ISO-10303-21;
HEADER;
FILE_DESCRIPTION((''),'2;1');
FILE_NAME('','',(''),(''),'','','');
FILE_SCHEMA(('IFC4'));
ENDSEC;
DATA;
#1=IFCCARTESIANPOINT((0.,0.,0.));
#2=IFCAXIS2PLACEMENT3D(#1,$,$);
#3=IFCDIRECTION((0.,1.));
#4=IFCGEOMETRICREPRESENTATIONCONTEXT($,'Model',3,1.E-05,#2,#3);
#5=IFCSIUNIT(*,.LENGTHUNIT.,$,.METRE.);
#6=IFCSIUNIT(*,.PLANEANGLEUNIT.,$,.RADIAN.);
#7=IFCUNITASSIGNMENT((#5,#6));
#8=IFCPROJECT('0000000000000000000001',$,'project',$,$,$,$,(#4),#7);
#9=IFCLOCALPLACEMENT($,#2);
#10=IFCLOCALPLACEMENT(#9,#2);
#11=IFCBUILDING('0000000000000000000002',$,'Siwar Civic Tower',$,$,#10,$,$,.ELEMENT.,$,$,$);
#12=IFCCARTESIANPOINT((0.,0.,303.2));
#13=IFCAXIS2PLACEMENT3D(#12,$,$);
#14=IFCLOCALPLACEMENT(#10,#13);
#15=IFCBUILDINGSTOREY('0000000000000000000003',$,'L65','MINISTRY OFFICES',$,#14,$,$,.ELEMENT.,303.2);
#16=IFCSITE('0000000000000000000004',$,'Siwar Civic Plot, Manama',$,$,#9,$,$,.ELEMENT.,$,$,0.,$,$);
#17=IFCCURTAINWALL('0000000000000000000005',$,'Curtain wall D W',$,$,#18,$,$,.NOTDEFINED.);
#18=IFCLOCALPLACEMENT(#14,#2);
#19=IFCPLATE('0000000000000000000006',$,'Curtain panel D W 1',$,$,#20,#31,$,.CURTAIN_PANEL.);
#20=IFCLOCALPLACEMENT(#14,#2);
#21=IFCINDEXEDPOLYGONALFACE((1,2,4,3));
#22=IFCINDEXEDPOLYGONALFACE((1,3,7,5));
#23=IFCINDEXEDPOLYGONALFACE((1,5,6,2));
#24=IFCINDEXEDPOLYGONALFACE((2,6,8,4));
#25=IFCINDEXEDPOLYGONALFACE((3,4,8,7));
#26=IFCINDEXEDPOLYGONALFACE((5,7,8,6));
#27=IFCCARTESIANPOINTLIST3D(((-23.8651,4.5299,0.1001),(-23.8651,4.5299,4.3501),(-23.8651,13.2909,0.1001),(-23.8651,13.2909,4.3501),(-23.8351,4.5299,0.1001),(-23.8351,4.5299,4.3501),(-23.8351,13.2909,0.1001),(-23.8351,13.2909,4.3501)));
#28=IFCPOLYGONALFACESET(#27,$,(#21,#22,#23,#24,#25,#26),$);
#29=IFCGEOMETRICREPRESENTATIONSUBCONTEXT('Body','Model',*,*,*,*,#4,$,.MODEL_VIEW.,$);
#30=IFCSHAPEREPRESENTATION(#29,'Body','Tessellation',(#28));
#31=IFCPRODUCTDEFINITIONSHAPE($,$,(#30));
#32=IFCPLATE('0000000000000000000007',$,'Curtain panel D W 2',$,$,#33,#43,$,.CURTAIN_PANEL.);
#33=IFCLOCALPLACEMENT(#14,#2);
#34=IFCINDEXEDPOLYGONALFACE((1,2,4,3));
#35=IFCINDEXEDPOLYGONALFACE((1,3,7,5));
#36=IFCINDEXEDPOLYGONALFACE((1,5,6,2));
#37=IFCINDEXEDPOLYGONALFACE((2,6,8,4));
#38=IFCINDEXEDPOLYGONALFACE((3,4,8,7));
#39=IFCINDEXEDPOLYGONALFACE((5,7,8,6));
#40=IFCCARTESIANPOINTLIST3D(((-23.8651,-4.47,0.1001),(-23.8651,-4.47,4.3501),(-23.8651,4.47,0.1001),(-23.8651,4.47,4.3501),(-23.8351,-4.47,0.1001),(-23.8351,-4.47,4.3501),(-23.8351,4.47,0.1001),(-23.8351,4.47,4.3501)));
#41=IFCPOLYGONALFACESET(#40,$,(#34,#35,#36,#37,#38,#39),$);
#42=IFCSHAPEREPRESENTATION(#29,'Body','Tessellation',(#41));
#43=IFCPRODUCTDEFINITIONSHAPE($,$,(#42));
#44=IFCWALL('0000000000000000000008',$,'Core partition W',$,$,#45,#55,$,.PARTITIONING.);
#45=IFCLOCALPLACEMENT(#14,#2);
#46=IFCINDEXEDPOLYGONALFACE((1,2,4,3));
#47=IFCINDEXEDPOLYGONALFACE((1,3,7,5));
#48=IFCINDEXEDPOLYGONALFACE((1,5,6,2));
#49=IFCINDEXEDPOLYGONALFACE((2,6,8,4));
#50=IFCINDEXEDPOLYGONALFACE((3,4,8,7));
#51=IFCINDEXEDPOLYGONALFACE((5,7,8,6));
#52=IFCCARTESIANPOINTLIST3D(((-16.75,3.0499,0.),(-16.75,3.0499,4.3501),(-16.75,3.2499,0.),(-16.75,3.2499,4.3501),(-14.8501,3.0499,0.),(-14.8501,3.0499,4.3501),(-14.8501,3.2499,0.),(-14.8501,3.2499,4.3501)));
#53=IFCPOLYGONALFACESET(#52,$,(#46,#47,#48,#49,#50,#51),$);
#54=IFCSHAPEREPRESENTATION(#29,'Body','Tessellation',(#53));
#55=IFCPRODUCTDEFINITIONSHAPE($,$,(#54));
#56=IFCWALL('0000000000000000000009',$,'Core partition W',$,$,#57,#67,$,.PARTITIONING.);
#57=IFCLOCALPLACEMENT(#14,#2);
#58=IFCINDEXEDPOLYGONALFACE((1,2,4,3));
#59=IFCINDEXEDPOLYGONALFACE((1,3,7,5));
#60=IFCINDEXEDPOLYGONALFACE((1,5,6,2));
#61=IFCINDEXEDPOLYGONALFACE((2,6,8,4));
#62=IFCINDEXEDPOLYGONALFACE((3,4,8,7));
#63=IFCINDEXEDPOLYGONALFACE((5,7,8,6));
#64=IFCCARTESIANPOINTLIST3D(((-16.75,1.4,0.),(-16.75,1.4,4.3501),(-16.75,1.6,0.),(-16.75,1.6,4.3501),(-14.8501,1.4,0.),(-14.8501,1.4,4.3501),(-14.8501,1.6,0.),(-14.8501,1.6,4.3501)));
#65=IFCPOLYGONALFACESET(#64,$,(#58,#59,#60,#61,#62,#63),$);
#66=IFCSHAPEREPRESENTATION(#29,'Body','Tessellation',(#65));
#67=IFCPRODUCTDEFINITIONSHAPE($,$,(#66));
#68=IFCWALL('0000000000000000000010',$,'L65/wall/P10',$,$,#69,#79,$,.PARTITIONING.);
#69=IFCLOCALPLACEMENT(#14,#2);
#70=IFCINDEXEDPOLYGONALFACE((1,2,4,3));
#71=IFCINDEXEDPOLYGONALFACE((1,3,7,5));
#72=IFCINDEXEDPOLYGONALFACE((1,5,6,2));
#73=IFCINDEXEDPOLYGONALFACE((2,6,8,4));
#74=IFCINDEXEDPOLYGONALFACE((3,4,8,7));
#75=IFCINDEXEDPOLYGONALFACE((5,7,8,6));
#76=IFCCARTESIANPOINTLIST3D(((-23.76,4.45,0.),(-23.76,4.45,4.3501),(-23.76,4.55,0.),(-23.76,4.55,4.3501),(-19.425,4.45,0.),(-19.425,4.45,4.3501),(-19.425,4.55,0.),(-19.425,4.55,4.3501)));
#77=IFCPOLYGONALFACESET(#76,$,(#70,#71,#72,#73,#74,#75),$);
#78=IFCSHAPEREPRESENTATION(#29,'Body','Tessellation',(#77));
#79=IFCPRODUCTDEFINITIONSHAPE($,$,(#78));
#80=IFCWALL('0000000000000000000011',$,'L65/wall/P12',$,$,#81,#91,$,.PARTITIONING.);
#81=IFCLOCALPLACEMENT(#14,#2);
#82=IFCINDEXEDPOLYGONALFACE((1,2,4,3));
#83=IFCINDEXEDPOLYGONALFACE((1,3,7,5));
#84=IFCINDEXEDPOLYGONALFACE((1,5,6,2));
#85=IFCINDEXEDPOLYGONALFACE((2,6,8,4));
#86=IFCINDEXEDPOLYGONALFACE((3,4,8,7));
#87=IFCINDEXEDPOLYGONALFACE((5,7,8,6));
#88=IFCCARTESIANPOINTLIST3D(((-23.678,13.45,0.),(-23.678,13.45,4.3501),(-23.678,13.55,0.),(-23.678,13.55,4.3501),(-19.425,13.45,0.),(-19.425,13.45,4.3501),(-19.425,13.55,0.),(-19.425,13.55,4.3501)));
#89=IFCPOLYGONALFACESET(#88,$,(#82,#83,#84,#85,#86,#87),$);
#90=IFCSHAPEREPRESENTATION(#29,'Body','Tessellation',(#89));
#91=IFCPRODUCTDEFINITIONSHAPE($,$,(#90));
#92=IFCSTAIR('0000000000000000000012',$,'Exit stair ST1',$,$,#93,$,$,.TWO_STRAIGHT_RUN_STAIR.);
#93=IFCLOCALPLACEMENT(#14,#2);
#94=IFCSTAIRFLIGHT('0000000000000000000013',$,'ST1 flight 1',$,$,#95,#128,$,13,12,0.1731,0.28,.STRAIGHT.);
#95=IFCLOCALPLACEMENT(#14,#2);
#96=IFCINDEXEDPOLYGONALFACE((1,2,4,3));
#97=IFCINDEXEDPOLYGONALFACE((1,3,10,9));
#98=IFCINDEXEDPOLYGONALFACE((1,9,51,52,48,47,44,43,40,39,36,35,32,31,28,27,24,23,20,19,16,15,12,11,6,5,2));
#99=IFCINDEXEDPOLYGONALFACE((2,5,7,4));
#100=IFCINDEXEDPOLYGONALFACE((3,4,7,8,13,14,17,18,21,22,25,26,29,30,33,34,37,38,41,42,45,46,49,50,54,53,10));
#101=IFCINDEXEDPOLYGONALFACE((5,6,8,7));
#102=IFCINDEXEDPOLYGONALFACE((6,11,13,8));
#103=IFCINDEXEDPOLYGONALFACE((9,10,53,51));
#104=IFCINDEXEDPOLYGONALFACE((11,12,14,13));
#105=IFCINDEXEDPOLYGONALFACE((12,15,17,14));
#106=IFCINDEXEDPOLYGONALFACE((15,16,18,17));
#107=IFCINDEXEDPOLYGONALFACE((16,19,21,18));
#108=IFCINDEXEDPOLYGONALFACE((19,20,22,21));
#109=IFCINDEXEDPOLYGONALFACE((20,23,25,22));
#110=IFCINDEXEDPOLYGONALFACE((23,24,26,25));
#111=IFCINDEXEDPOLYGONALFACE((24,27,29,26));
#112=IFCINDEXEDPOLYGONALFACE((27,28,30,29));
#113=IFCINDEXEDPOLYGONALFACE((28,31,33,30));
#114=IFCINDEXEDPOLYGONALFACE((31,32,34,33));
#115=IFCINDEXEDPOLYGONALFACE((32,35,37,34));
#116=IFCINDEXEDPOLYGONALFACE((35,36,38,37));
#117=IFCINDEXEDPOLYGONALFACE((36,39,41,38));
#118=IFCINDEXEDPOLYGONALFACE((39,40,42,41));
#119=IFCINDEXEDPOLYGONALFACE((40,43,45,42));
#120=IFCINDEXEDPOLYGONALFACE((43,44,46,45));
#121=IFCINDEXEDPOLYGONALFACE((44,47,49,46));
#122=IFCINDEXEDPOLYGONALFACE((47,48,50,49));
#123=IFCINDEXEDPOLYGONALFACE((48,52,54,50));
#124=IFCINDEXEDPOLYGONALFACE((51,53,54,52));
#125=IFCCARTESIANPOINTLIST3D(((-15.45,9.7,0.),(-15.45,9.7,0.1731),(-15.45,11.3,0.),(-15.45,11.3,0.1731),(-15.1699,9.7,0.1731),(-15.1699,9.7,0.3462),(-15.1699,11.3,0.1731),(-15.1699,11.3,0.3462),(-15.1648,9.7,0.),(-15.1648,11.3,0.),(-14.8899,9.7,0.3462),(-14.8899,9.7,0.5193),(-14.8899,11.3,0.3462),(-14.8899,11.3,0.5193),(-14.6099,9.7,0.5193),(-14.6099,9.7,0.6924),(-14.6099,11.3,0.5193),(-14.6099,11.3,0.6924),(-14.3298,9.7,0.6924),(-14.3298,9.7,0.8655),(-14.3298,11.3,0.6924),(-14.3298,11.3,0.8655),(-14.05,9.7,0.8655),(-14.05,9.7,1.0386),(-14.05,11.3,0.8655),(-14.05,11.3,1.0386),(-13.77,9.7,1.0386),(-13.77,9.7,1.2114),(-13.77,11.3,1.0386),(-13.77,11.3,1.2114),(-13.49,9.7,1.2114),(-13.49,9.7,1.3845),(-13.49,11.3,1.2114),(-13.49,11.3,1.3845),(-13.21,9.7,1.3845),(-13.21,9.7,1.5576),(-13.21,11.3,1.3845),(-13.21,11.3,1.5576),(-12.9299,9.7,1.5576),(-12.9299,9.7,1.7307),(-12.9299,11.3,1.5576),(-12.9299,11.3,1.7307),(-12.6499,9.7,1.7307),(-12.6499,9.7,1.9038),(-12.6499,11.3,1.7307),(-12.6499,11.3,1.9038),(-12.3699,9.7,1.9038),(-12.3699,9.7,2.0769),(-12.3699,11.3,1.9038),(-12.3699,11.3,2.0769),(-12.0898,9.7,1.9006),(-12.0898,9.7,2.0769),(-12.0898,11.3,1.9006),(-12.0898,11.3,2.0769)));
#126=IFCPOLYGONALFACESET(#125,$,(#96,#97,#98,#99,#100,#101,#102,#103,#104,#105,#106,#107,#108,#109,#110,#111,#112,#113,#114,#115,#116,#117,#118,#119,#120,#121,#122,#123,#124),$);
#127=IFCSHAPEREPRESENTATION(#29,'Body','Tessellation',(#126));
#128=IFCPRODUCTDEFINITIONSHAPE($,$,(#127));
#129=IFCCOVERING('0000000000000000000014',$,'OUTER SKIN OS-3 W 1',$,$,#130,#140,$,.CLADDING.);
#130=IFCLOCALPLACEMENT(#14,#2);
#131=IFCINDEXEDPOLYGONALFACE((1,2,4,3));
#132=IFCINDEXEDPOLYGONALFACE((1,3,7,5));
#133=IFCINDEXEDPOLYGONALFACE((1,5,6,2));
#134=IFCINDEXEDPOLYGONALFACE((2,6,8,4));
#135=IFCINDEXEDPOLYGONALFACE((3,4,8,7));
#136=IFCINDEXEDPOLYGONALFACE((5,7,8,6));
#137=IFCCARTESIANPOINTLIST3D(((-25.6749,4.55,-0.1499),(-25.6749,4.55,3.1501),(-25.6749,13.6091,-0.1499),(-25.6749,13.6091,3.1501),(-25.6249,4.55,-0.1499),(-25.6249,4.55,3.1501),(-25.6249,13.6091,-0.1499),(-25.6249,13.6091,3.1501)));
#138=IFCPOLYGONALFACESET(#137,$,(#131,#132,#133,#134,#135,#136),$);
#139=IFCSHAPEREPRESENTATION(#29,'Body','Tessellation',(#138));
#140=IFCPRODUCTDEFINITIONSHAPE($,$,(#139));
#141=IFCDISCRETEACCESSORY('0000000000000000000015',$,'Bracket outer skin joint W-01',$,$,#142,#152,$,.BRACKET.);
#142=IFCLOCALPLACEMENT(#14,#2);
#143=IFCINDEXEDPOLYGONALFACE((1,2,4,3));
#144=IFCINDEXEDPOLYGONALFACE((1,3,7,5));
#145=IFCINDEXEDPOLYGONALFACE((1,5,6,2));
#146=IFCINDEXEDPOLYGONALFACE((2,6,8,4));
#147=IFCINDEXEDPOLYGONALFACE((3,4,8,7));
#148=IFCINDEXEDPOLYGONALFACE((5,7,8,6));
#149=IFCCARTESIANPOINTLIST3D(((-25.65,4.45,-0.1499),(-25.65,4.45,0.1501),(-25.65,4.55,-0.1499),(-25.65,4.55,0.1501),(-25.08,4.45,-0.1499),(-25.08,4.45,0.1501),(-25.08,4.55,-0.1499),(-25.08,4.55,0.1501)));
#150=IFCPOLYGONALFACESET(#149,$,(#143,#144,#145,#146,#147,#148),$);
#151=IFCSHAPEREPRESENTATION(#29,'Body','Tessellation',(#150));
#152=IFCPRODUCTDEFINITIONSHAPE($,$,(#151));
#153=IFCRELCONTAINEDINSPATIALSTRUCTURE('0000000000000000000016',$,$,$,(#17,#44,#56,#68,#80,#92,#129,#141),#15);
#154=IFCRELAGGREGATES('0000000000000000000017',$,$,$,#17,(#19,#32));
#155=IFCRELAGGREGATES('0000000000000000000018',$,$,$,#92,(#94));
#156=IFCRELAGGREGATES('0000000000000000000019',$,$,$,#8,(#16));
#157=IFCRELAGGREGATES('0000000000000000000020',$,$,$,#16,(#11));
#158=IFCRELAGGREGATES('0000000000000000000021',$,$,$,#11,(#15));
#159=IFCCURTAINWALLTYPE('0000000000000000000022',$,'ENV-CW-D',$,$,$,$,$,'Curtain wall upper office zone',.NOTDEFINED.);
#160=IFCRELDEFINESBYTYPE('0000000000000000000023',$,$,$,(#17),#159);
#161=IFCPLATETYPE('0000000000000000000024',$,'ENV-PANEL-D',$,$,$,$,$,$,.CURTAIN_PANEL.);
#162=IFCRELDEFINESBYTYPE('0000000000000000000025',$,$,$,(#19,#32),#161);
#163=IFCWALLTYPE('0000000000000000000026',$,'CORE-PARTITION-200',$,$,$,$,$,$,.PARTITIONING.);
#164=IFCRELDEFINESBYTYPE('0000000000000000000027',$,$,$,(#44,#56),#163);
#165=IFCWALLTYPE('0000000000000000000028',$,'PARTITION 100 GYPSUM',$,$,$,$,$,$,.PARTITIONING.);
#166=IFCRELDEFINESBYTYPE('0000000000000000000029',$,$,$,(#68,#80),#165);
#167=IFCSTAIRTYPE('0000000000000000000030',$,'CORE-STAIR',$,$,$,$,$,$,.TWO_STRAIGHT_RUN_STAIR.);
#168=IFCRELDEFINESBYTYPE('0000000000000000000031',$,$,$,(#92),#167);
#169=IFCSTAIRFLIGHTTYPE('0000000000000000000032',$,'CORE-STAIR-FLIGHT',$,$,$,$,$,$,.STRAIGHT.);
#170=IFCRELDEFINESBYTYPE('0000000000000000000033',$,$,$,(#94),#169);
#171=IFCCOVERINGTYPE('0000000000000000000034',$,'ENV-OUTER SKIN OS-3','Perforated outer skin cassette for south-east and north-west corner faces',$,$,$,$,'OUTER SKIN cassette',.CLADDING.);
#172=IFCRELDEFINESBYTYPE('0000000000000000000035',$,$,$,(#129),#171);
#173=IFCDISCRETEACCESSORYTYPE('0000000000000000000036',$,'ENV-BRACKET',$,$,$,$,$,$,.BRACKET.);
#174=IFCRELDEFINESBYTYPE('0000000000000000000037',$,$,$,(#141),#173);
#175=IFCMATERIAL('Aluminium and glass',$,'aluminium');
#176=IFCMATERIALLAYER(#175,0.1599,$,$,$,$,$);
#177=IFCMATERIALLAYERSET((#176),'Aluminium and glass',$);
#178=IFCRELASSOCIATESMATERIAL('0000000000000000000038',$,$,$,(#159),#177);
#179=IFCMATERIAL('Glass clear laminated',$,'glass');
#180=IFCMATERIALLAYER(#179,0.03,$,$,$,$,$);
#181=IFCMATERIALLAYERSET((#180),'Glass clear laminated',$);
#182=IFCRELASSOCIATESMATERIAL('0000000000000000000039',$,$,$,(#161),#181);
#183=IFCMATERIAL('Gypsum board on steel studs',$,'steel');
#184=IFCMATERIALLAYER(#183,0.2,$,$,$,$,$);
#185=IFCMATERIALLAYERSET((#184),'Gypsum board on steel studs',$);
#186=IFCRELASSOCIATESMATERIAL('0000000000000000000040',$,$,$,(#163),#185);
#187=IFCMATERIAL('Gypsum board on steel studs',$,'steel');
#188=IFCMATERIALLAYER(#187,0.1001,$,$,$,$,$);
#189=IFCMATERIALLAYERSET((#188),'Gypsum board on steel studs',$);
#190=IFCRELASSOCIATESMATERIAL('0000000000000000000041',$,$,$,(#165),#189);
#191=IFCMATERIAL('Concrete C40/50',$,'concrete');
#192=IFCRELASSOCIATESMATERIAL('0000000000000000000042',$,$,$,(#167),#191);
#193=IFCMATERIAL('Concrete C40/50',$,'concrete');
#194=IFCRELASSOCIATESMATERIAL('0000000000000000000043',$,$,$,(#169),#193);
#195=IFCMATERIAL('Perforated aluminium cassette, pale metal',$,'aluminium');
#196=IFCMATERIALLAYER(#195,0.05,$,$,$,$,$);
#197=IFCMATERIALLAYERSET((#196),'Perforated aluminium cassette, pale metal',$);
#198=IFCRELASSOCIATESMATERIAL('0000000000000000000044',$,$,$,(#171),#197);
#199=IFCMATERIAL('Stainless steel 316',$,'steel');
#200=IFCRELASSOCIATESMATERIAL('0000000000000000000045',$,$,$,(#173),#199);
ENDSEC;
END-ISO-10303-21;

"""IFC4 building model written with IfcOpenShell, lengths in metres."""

from ifc_helpers import new_model, si_unit, direction, frame, frame_2d, origin, origin_2d, place, context, subcontext, project, spatial, polyline, rectangle, outline, extrude, material, layer, layer_set, type_object, element, aggregate, save


model = new_model("IFC4")

# Units and contexts
model_context = context("Model", 3, precision=1e-05, world=origin(), true_north=direction((0.0, 1.0)))
body_context = subcontext(model_context, "Body", "Model", "MODEL_VIEW")
ifc_project = project(units=[si_unit("LENGTHUNIT", "METRE"), si_unit("PLANEANGLEUNIT", "RADIAN")], contexts=[model_context])

# Site, building, storey
site_placement = place(None, origin())
site = spatial("IfcSite", under=ifc_project, at=site_placement, Name="Siwar Civic Plot, Manama", CompositionType="ELEMENT", RefElevation=0.0)
building_placement = place(site_placement, origin())
building = spatial("IfcBuilding", under=site, at=building_placement, Name="Siwar Civic Tower", CompositionType="ELEMENT")
storey_placement = place(building_placement, frame((0.0, 0.0, 303.2)))
storey = spatial("IfcBuildingStorey", under=building, at=storey_placement, Name="L65", Description="MINISTRY OFFICES", CompositionType="ELEMENT", Elevation=303.2)

# Curtain wall
ifc_material_1 = material(Name="Aluminium and glass", Category="aluminium")
ifc_layer_1 = layer(ifc_material_1, 0.1599)
ifc_layer_set_1 = layer_set([ifc_layer_1], Name="Aluminium and glass")
curtain_wall_type = type_object("IfcCurtainWallType", Name="ENV-CW-D", ElementType="Curtain wall upper office zone", PredefinedType="NOTDEFINED", material=ifc_layer_set_1)
curtain_wall_placement = place(storey_placement, origin())
curtain_wall = element("IfcCurtainWall", 1, at=curtain_wall_placement, inside=storey, type_object=curtain_wall_type, Name="Curtain wall D W", PredefinedType="NOTDEFINED")

# Plates
ifc_material_2 = material(Name="Glass clear laminated", Category="glass")
ifc_layer_2 = layer(ifc_material_2, 0.03)
ifc_layer_set_2 = layer_set([ifc_layer_2], Name="Glass clear laminated")
plate_type = type_object("IfcPlateType", Name="ENV-PANEL-D", PredefinedType="CURTAIN_PANEL", material=ifc_layer_set_2)
plate_1_placement = place(storey_placement, frame((-23.8501, 8.9104, 0.1001), z_axis=(0.0, 0.0, 1.0), x_axis=(0.0, -1.0, 0.0)))
plate_1 = element("IfcPlate", 2, at=plate_1_placement, type_object=plate_type, Name="Curtain panel D W 1", PredefinedType="CURTAIN_PANEL", context=body_context, shape_type="SweptSolid", body=[
    extrude(rectangle(XDim=8.761, YDim=0.03, at=origin_2d()), origin(), (0.0, 0.0, 1.0), 4.25),
])
plate_2_placement = place(storey_placement, frame((-23.8501, 0.0, 0.1001), z_axis=(0.0, 0.0, 1.0), x_axis=(0.0, -1.0, 0.0)))
plate_2 = element("IfcPlate", 3, at=plate_2_placement, type_object=plate_type, Name="Curtain panel D W 2", PredefinedType="CURTAIN_PANEL", context=body_context, shape_type="SweptSolid", body=[
    extrude(rectangle(XDim=8.9399, YDim=0.03, at=origin_2d()), origin(), (0.0, 0.0, 1.0), 4.25),
])
aggregate(curtain_wall, [plate_1, plate_2])

# Walls
ifc_material_3 = material(Name="Gypsum board on steel studs", Category="steel")
ifc_layer_3 = layer(ifc_material_3, 0.2)
ifc_layer_set_3 = layer_set([ifc_layer_3], Name="Gypsum board on steel studs")
wall_type_1 = type_object("IfcWallType", Name="CORE-PARTITION-200", PredefinedType="PARTITIONING", material=ifc_layer_set_3)
for number, where, z_axis, x_axis, name in (
    (4, (-14.8501, 3.1499, 0.0), (0.0, 0.0, 1.0), (-1.0, 0.0, 0.0), "Core partition W"),
    (5, (-14.8501, 1.5, 0.0), (0.0, 0.0, 1.0), (-1.0, 0.0, 0.0), "Core partition W"),
):
    element("IfcWall", number, at=place(storey_placement, frame(where, z_axis=z_axis, x_axis=x_axis)), inside=storey, type_object=wall_type_1, Name=name, PredefinedType="PARTITIONING", context=body_context, shape_type="SweptSolid", body=[
        extrude(rectangle(XDim=1.8999, YDim=0.2, at=frame_2d((0.95, 0.0))), origin(), (0.0, 0.0, 1.0), 4.3501),
    ])
ifc_material_4 = material(Name="Gypsum board on steel studs", Category="steel")
ifc_layer_4 = layer(ifc_material_4, 0.1001)
ifc_layer_set_4 = layer_set([ifc_layer_4], Name="Gypsum board on steel studs")
wall_type_2 = type_object("IfcWallType", Name="PARTITION 100 GYPSUM", PredefinedType="PARTITIONING", material=ifc_layer_set_4)
wall_1_placement = place(storey_placement, frame((-23.76, 4.5, 0.0), z_axis=(0.0, 0.0, 1.0), x_axis=(1.0, 0.0, 0.0)))
element("IfcWall", 6, at=wall_1_placement, inside=storey, type_object=wall_type_2, Name="L65/wall/P10", PredefinedType="PARTITIONING", context=body_context, shape_type="SweptSolid", body=[
    extrude(rectangle(XDim=4.335, YDim=0.1001, at=frame_2d((2.1675, 0.0))), origin(), (0.0, 0.0, 1.0), 4.3501),
])
wall_2_placement = place(storey_placement, frame((-23.678, 13.5, 0.0), z_axis=(0.0, 0.0, 1.0), x_axis=(1.0, 0.0, 0.0)))
element("IfcWall", 7, at=wall_2_placement, inside=storey, type_object=wall_type_2, Name="L65/wall/P12", PredefinedType="PARTITIONING", context=body_context, shape_type="SweptSolid", body=[
    extrude(rectangle(XDim=4.2529, YDim=0.1001, at=frame_2d((2.1265, 0.0))), origin(), (0.0, 0.0, 1.0), 4.3501),
])

# Stair, stair flight
ifc_material_5 = material(Name="Concrete C40/50", Category="concrete")
stair_type = type_object("IfcStairType", Name="CORE-STAIR", PredefinedType="TWO_STRAIGHT_RUN_STAIR", material=ifc_material_5)
stair_placement = place(storey_placement, origin())
stair = element("IfcStair", 8, at=stair_placement, inside=storey, type_object=stair_type, Name="Exit stair ST1", PredefinedType="TWO_STRAIGHT_RUN_STAIR")
ifc_material_6 = material(Name="Concrete C40/50", Category="concrete")
stair_flight_type = type_object("IfcStairFlightType", Name="CORE-STAIR-FLIGHT", PredefinedType="STRAIGHT", material=ifc_material_6)
stair_flight_placement = place(storey_placement, frame((-15.45, 10.5, 0.0), z_axis=(0.0, 0.0, 1.0), x_axis=(1.0, 0.0, 0.0)))
stair_flight = element("IfcStairFlight", 9, at=stair_flight_placement, type_object=stair_flight_type, Name="ST1 flight 1", NumberOfRisers=13, NumberOfTreads=12, PredefinedType="STRAIGHT", RiserHeight=0.1731, TreadLength=0.28, context=body_context, shape_type="SweptSolid", body=[
    extrude(outline(polyline([(0.0, 0.0), (0.0, 0.1731), (0.28, 0.1731), (0.28, 0.3462), (0.5601, 0.3462), (0.5601, 0.5193), (0.8401, 0.5193), (0.8401, 0.6924), (1.1201, 0.6924), (1.1201, 0.8655), (1.3999, 0.8655), (1.3999, 1.0386), (1.6799, 1.0386), (1.6799, 1.2114), (1.96, 1.2114), (1.96, 1.3845), (2.24, 1.3845), (2.24, 1.5576), (2.52, 1.5576), (2.52, 1.7307), (2.8, 1.7307), (2.8, 1.9038), (3.0801, 1.9038), (3.0801, 2.0769), (3.3601, 2.0769), (3.3601, 2.25), (3.3601, 1.9006), (0.2852, 0.0), (0.0, 0.0)])), frame((0.0, 0.8, 0.0), z_axis=(0.0, -1.0, 0.0), x_axis=(1.0, 0.0, 0.0)), (0.0, 0.0, 1.0), 1.6001),
])
aggregate(stair, [stair_flight])

# Covering
ifc_material_7 = material(Name="Perforated aluminium cassette, pale metal", Category="aluminium")
ifc_layer_5 = layer(ifc_material_7, 0.05)
ifc_layer_set_5 = layer_set([ifc_layer_5], Name="Perforated aluminium cassette, pale metal")
covering_type = type_object("IfcCoveringType", Name="ENV-OUTER SKIN OS-3", Description="Perforated outer skin cassette for south-east and north-west corner faces", ElementType="OUTER SKIN cassette", PredefinedType="CLADDING", material=ifc_layer_set_5)
covering_placement = place(storey_placement, frame((-25.6499, 9.0796, -0.1499), z_axis=(0.0, 0.0, 1.0), x_axis=(0.0, -1.0, 0.0)))
element("IfcCovering", 10, at=covering_placement, inside=storey, type_object=covering_type, Name="OUTER SKIN OS-3 W 1", PredefinedType="CLADDING", context=body_context, shape_type="SweptSolid", body=[
    extrude(rectangle(XDim=9.0591, YDim=0.05, at=origin_2d()), origin(), (0.0, 0.0, 1.0), 3.3),
])

# Discrete accessory
ifc_material_8 = material(Name="Stainless steel 316", Category="steel")
discrete_accessory_type = type_object("IfcDiscreteAccessoryType", Name="ENV-BRACKET", PredefinedType="BRACKET", material=ifc_material_8)
discrete_accessory_placement = place(storey_placement, frame((-25.365, 4.5, -0.1499), z_axis=(0.0, 0.0, 1.0), x_axis=(-1.0, 0.0, 0.0)))
element("IfcDiscreteAccessory", 11, at=discrete_accessory_placement, inside=storey, type_object=discrete_accessory_type, Name="Bracket outer skin joint W-01", PredefinedType="BRACKET", context=body_context, shape_type="SweptSolid", body=[
    extrude(rectangle(XDim=0.5701, YDim=0.1001, at=origin_2d()), origin(), (0.0, 0.0, 1.0), 0.3),
])

save(model, "model.ifc")
